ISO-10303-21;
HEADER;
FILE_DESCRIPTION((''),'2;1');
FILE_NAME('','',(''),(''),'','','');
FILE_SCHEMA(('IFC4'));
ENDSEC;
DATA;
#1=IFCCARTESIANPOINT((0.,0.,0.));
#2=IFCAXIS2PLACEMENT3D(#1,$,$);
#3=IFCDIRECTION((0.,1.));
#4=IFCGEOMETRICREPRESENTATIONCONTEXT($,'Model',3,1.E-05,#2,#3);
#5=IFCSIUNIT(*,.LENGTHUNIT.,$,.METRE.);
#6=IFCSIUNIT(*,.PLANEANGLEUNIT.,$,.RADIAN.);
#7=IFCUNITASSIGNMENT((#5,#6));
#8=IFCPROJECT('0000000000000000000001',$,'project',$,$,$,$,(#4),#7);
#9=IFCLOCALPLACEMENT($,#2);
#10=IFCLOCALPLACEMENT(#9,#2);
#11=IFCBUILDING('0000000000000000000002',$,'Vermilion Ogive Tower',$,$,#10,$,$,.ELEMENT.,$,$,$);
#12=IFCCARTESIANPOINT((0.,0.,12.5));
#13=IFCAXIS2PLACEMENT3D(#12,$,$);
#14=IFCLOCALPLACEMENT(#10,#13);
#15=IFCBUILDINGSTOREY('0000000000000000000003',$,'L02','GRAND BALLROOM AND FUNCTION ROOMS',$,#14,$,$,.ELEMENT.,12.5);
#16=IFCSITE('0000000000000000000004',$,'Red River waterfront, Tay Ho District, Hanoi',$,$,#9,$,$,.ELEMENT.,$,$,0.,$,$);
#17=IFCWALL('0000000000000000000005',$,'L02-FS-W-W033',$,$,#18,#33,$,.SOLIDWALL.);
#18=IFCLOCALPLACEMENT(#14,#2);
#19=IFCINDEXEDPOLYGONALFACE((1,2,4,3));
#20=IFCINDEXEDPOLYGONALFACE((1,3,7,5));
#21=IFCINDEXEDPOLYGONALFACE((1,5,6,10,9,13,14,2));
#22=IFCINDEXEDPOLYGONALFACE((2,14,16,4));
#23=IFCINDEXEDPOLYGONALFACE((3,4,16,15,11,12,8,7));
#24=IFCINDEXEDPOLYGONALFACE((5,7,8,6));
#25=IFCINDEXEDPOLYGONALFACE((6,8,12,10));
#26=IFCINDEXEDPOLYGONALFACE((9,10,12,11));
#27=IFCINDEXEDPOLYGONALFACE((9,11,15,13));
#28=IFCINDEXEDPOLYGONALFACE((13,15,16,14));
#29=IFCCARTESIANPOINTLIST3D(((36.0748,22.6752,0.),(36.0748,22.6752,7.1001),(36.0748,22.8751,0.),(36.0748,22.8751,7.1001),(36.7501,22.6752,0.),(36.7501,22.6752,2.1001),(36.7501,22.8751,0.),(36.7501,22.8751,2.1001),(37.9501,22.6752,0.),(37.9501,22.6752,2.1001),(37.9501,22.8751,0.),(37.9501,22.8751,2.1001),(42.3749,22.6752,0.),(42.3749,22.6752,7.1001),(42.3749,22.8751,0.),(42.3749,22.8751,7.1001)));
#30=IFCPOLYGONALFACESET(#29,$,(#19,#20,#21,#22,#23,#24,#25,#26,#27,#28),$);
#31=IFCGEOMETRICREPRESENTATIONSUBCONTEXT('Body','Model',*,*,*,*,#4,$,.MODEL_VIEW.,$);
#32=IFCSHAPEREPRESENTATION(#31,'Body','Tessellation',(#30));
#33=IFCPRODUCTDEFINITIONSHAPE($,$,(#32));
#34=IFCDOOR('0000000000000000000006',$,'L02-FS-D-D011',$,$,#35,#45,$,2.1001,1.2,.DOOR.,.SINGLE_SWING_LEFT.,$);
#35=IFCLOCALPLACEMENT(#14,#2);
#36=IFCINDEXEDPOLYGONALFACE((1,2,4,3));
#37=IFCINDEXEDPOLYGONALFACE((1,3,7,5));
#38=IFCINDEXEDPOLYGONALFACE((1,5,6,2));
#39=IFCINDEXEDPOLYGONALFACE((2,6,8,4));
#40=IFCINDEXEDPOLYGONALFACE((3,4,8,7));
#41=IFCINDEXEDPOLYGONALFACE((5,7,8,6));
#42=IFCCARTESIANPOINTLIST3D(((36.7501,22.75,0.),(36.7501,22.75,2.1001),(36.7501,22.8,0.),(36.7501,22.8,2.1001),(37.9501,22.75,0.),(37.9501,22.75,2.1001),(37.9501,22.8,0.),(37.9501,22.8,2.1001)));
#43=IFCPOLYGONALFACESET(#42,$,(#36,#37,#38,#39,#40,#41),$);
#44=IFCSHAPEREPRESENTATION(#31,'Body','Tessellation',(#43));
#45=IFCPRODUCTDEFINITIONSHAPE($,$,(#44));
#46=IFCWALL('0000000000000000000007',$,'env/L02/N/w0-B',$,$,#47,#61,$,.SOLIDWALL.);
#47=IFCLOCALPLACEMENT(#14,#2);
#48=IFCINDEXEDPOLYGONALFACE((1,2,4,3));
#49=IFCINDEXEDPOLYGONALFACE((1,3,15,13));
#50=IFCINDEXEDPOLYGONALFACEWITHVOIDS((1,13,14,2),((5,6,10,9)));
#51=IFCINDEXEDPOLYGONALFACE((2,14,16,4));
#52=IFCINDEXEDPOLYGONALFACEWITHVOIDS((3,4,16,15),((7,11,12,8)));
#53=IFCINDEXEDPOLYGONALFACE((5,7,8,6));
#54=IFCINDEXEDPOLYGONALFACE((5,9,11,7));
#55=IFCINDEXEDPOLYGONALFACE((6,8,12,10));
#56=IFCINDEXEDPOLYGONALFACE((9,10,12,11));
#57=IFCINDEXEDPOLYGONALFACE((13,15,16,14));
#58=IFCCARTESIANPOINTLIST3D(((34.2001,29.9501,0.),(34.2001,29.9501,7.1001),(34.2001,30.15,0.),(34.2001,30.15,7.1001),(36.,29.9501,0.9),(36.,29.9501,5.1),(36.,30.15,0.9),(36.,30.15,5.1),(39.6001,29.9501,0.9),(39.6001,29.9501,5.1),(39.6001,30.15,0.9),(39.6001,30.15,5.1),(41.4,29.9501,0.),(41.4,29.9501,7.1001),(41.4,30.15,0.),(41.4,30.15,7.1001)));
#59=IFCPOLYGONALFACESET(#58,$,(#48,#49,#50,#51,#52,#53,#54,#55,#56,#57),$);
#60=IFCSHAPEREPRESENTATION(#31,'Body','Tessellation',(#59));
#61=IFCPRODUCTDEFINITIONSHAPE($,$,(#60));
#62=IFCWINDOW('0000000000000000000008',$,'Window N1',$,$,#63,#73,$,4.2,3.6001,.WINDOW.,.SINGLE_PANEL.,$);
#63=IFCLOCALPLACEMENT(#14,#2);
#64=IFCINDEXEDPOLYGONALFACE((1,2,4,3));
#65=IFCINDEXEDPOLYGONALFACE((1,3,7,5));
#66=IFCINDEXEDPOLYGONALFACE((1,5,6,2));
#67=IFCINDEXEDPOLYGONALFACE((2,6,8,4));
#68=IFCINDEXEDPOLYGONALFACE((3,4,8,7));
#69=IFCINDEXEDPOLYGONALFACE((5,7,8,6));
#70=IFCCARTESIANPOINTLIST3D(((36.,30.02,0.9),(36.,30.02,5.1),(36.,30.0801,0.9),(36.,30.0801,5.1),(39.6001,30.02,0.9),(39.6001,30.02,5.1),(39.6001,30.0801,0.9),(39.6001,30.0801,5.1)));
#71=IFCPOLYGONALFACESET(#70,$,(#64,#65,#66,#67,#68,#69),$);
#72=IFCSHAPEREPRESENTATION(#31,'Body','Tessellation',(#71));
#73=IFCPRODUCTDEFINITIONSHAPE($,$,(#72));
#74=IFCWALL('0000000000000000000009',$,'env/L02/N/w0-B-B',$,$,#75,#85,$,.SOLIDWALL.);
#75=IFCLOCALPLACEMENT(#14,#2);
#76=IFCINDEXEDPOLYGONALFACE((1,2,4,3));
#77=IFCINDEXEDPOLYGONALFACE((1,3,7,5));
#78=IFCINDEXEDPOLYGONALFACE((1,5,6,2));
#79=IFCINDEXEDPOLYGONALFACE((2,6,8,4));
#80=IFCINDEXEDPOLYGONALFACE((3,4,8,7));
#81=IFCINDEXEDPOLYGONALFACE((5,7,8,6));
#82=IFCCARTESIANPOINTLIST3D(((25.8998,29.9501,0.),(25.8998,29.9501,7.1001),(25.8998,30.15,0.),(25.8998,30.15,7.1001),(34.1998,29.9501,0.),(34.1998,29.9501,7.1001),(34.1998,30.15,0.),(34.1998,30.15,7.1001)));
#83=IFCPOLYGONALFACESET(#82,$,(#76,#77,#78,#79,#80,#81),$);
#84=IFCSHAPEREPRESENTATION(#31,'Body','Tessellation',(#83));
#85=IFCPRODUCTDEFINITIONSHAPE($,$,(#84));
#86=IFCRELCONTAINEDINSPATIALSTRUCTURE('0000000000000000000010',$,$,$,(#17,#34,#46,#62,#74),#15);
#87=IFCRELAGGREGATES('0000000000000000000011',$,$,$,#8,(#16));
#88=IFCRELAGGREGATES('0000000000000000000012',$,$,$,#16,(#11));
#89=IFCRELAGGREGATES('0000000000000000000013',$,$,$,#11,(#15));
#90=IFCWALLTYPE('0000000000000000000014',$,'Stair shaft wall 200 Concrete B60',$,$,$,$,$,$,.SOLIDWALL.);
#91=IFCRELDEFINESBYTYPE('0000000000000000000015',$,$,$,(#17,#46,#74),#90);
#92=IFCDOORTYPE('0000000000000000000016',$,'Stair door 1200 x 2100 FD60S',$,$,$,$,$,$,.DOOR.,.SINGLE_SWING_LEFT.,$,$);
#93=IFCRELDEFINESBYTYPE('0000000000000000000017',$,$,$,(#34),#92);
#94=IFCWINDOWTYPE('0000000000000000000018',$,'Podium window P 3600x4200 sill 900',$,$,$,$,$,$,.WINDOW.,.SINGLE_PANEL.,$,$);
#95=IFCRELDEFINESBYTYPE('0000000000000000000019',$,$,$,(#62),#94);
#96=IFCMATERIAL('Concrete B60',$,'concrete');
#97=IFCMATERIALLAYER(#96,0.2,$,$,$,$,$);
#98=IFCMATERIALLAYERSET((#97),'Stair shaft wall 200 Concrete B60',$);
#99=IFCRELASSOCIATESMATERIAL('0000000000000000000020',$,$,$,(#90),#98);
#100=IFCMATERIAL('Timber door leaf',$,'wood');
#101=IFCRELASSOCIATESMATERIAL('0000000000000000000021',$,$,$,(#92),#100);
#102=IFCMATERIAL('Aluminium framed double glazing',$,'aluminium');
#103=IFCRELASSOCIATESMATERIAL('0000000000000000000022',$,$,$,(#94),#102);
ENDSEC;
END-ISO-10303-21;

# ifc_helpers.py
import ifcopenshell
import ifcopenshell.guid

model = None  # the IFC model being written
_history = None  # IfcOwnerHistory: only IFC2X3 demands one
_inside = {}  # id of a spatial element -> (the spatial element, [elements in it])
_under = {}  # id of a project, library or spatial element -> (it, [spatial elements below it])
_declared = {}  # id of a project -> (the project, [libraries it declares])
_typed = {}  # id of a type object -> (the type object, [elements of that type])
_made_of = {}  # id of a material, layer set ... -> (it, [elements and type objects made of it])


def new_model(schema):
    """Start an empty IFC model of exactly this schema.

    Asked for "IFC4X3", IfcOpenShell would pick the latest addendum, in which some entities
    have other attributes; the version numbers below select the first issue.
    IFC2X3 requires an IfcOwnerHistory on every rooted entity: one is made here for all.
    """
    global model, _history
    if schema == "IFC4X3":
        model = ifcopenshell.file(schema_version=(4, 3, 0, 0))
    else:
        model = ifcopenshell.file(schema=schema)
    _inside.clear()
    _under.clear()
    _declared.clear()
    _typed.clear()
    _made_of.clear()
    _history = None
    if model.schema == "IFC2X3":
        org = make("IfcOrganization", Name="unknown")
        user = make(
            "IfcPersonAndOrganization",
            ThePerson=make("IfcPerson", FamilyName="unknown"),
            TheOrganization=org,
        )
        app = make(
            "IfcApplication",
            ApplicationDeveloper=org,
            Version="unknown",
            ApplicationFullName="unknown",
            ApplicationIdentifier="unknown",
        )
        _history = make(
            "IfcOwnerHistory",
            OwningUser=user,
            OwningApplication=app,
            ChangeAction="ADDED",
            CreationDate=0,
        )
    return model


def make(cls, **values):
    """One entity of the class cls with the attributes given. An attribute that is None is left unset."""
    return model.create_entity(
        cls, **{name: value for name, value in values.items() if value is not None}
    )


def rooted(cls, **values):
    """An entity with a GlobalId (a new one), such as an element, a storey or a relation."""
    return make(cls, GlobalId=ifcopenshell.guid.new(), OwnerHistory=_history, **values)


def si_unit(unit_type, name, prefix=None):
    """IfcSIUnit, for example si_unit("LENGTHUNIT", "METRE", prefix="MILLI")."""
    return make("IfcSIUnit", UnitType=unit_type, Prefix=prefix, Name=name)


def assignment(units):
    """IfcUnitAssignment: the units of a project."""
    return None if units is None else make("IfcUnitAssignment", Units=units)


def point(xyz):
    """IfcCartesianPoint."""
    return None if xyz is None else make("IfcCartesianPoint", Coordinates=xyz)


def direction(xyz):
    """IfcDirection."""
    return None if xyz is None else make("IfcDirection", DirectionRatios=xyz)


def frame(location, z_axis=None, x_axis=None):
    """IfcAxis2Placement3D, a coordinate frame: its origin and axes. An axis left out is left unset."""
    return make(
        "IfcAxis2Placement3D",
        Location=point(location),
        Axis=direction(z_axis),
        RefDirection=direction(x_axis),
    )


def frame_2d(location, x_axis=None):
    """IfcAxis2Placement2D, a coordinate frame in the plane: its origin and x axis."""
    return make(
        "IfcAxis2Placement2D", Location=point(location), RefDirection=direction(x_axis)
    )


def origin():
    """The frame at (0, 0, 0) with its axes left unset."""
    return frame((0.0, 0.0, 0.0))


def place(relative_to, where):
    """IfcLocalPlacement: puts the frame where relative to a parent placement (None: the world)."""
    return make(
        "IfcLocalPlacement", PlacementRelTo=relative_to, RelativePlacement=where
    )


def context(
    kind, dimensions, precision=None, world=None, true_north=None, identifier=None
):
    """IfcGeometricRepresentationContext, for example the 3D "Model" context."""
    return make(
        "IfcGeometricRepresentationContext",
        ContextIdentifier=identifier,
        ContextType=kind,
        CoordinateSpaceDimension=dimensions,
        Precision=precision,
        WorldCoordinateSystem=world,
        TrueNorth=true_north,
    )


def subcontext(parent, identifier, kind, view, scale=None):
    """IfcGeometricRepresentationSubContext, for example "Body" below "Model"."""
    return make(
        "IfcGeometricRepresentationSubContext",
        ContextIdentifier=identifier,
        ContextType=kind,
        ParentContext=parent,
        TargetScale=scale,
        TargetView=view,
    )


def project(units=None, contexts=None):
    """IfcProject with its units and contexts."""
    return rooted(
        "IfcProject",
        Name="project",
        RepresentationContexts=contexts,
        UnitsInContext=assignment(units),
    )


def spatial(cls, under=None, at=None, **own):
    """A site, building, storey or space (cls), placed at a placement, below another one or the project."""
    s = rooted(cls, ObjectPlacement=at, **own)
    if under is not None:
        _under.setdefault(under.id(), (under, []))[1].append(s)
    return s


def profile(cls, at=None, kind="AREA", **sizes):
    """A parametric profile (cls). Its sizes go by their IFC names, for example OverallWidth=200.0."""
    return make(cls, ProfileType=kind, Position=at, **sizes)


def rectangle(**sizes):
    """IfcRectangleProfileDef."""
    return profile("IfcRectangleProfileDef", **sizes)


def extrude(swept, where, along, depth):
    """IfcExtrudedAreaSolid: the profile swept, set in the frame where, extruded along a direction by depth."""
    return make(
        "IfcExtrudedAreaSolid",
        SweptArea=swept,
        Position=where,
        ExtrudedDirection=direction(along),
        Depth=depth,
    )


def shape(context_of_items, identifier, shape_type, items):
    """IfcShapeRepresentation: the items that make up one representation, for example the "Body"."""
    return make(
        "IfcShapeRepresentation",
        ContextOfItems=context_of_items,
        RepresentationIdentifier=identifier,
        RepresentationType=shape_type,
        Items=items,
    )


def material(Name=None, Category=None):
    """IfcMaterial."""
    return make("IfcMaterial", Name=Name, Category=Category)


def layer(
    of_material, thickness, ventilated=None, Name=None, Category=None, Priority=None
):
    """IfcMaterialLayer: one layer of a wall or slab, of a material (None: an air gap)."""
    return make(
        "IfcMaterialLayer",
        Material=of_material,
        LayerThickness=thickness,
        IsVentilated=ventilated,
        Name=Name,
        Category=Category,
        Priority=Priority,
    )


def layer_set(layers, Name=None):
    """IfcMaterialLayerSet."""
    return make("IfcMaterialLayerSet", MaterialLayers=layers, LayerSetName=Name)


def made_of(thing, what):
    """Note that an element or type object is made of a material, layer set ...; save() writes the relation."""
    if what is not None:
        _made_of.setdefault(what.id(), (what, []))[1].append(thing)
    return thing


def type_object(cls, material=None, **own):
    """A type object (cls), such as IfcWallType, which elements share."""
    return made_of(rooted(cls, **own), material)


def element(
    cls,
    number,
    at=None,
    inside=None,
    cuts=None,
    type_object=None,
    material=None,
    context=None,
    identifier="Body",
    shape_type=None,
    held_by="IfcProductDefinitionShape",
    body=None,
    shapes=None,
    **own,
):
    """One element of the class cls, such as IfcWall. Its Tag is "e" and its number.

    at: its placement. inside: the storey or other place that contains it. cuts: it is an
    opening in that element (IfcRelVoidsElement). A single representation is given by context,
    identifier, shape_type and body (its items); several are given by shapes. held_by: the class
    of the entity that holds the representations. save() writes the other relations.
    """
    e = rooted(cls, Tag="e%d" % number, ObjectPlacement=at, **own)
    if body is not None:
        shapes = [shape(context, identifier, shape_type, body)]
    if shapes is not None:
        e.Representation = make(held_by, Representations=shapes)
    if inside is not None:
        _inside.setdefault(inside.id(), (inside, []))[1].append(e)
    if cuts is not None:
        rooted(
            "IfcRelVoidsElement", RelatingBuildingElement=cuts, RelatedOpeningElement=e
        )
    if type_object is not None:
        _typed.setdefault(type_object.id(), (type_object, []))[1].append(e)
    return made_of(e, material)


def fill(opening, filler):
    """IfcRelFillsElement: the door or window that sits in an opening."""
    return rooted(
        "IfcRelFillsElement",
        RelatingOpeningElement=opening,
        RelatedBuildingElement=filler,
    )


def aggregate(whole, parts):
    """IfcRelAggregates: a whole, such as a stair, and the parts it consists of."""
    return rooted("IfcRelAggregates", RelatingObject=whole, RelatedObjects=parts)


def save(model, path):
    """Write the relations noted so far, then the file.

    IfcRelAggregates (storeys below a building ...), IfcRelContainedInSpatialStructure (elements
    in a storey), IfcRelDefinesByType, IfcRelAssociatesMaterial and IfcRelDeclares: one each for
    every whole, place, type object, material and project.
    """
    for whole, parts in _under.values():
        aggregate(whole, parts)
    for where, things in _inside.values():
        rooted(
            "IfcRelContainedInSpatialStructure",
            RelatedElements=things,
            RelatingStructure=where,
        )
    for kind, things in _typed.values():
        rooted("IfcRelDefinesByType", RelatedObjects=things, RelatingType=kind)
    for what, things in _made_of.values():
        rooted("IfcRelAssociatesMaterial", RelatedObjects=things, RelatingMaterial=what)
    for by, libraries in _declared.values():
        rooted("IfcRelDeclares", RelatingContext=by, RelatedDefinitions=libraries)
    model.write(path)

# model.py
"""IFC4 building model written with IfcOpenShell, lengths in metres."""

from ifc_helpers import new_model, si_unit, direction, frame, frame_2d, origin, place, context, subcontext, project, spatial, rectangle, extrude, material, layer, layer_set, type_object, element, fill, save


model = new_model("IFC4")

# Units and contexts
model_context = context("Model", 3, precision=1e-05, world=origin(), true_north=direction((0.0, 1.0)))
body_context = subcontext(model_context, "Body", "Model", "MODEL_VIEW")
ifc_project = project(units=[si_unit("LENGTHUNIT", "METRE"), si_unit("PLANEANGLEUNIT", "RADIAN")], contexts=[model_context])

# Site, building, storey
site_placement = place(None, origin())
site = spatial("IfcSite", under=ifc_project, at=site_placement, Name="Red River waterfront, Tay Ho District, Hanoi", CompositionType="ELEMENT", RefElevation=0.0)
building_placement = place(site_placement, origin())
building = spatial("IfcBuilding", under=site, at=building_placement, Name="Vermilion Ogive Tower", CompositionType="ELEMENT")
storey_placement = place(building_placement, frame((0.0, 0.0, 12.5)))
storey = spatial("IfcBuildingStorey", under=building, at=storey_placement, Name="L02", Description="GRAND BALLROOM AND FUNCTION ROOMS", CompositionType="ELEMENT", Elevation=12.5)

# Wall, opening, door
ifc_material_1 = material(Name="Concrete B60", Category="concrete")
ifc_layer_1 = layer(ifc_material_1, 0.2)
ifc_layer_set_1 = layer_set([ifc_layer_1], Name="Stair shaft wall 200 Concrete B60")
wall_type_1 = type_object("IfcWallType", Name="Stair shaft wall 200 Concrete B60", PredefinedType="SOLIDWALL", material=ifc_layer_set_1)
wall_1_placement = place(storey_placement, frame((36.075, 22.7751, 0.0), z_axis=(0.0, 0.0, 1.0), x_axis=(1.0, 0.0, 0.0)))
wall_1 = element("IfcWall", 1, at=wall_1_placement, inside=storey, type_object=wall_type_1, Name="L02-FS-W-W033", PredefinedType="SOLIDWALL", context=body_context, shape_type="SweptSolid", body=[
    extrude(rectangle(XDim=6.3, YDim=0.2, at=frame_2d((3.1499, 0.0))), origin(), (0.0, 0.0, 1.0), 7.1001),
])
opening_1_placement = place(wall_1_placement, frame((0.675, 0.0, 0.0)))
opening_1 = element("IfcOpeningElement", 2, at=opening_1_placement, cuts=wall_1, PredefinedType="OPENING", context=body_context, shape_type="SweptSolid", body=[
    extrude(rectangle(XDim=1.2, YDim=2.1001, at=frame_2d((0.6001, 1.05))), frame((0.0, 0.1099, 0.0), z_axis=(0.0, -1.0, 0.0), x_axis=(1.0, 0.0, 0.0)), (0.0, 0.0, 1.0), 0.22),
])
ifc_material_2 = material(Name="Timber door leaf", Category="wood")
door_type_1 = type_object("IfcDoorType", Name="Stair door 1200 x 2100 FD60S", OperationType="SINGLE_SWING_LEFT", PredefinedType="DOOR", material=ifc_material_2)
door_1_placement = place(opening_1_placement, origin())
door_1 = element("IfcDoor", 3, at=door_1_placement, inside=storey, type_object=door_type_1, Name="L02-FS-D-D011", OperationType="SINGLE_SWING_LEFT", OverallHeight=2.1001, OverallWidth=1.2, PredefinedType="DOOR", context=body_context, shape_type="SweptSolid", body=[
    extrude(rectangle(XDim=1.2, YDim=2.1001, at=frame_2d((0.6001, 1.05))), frame((0.0, 0.0249, 0.0), z_axis=(0.0, -1.0, 0.0), x_axis=(1.0, 0.0, 0.0)), (0.0, 0.0, 1.0), 0.05),
])
fill(opening_1, door_1)

# Wall, opening, window
wall_2_placement = place(storey_placement, frame((34.2, 30.05, 0.0), z_axis=(0.0, 0.0, 1.0), x_axis=(1.0, 0.0, 0.0)))
wall_2 = element("IfcWall", 4, at=wall_2_placement, inside=storey, type_object=wall_type_1, Name="env/L02/N/w0-B", PredefinedType="SOLIDWALL", context=body_context, shape_type="SweptSolid", body=[
    extrude(rectangle(XDim=7.2, YDim=0.2, at=frame_2d((3.6001, 0.0))), origin(), (0.0, 0.0, 1.0), 7.1001),
])
opening_2_placement = place(wall_2_placement, frame((1.8, 0.0, 0.8999)))
opening_2 = element("IfcOpeningElement", 5, at=opening_2_placement, cuts=wall_2, PredefinedType="OPENING", context=body_context, shape_type="SweptSolid", body=[
    extrude(rectangle(XDim=3.6001, YDim=4.2, at=frame_2d((1.8, 2.1001))), frame((0.0, 0.1099, 0.0), z_axis=(0.0, -1.0, 0.0), x_axis=(1.0, 0.0, 0.0)), (0.0, 0.0, 1.0), 0.22),
])
ifc_material_3 = material(Name="Aluminium framed double glazing", Category="aluminium")
window_type = type_object("IfcWindowType", Name="Podium window P 3600x4200 sill 900", PartitioningType="SINGLE_PANEL", PredefinedType="WINDOW", material=ifc_material_3)
window_placement = place(opening_2_placement, origin())
window = element("IfcWindow", 6, at=window_placement, inside=storey, type_object=window_type, Name="Window N1", OverallHeight=4.2, OverallWidth=3.6001, PartitioningType="SINGLE_PANEL", PredefinedType="WINDOW", context=body_context, shape_type="SweptSolid", body=[
    extrude(rectangle(XDim=3.6001, YDim=4.2, at=frame_2d((1.8, 2.1001))), frame((0.0, 0.03, 0.0), z_axis=(0.0, -1.0, 0.0), x_axis=(1.0, 0.0, 0.0)), (0.0, 0.0, 1.0), 0.0601),
])
fill(opening_2, window)

# Wall
wall_3_placement = place(storey_placement, frame((25.8999, 30.05, 0.0), z_axis=(0.0, 0.0, 1.0), x_axis=(1.0, 0.0, 0.0)))
element("IfcWall", 7, at=wall_3_placement, inside=storey, type_object=wall_type_1, Name="env/L02/N/w0-B-B", PredefinedType="SOLIDWALL", context=body_context, shape_type="SweptSolid", body=[
    extrude(rectangle(XDim=8.3, YDim=0.2, at=frame_2d((4.1499, 0.0))), origin(), (0.0, 0.0, 1.0), 7.1001),
])

save(model, "model.ifc")
